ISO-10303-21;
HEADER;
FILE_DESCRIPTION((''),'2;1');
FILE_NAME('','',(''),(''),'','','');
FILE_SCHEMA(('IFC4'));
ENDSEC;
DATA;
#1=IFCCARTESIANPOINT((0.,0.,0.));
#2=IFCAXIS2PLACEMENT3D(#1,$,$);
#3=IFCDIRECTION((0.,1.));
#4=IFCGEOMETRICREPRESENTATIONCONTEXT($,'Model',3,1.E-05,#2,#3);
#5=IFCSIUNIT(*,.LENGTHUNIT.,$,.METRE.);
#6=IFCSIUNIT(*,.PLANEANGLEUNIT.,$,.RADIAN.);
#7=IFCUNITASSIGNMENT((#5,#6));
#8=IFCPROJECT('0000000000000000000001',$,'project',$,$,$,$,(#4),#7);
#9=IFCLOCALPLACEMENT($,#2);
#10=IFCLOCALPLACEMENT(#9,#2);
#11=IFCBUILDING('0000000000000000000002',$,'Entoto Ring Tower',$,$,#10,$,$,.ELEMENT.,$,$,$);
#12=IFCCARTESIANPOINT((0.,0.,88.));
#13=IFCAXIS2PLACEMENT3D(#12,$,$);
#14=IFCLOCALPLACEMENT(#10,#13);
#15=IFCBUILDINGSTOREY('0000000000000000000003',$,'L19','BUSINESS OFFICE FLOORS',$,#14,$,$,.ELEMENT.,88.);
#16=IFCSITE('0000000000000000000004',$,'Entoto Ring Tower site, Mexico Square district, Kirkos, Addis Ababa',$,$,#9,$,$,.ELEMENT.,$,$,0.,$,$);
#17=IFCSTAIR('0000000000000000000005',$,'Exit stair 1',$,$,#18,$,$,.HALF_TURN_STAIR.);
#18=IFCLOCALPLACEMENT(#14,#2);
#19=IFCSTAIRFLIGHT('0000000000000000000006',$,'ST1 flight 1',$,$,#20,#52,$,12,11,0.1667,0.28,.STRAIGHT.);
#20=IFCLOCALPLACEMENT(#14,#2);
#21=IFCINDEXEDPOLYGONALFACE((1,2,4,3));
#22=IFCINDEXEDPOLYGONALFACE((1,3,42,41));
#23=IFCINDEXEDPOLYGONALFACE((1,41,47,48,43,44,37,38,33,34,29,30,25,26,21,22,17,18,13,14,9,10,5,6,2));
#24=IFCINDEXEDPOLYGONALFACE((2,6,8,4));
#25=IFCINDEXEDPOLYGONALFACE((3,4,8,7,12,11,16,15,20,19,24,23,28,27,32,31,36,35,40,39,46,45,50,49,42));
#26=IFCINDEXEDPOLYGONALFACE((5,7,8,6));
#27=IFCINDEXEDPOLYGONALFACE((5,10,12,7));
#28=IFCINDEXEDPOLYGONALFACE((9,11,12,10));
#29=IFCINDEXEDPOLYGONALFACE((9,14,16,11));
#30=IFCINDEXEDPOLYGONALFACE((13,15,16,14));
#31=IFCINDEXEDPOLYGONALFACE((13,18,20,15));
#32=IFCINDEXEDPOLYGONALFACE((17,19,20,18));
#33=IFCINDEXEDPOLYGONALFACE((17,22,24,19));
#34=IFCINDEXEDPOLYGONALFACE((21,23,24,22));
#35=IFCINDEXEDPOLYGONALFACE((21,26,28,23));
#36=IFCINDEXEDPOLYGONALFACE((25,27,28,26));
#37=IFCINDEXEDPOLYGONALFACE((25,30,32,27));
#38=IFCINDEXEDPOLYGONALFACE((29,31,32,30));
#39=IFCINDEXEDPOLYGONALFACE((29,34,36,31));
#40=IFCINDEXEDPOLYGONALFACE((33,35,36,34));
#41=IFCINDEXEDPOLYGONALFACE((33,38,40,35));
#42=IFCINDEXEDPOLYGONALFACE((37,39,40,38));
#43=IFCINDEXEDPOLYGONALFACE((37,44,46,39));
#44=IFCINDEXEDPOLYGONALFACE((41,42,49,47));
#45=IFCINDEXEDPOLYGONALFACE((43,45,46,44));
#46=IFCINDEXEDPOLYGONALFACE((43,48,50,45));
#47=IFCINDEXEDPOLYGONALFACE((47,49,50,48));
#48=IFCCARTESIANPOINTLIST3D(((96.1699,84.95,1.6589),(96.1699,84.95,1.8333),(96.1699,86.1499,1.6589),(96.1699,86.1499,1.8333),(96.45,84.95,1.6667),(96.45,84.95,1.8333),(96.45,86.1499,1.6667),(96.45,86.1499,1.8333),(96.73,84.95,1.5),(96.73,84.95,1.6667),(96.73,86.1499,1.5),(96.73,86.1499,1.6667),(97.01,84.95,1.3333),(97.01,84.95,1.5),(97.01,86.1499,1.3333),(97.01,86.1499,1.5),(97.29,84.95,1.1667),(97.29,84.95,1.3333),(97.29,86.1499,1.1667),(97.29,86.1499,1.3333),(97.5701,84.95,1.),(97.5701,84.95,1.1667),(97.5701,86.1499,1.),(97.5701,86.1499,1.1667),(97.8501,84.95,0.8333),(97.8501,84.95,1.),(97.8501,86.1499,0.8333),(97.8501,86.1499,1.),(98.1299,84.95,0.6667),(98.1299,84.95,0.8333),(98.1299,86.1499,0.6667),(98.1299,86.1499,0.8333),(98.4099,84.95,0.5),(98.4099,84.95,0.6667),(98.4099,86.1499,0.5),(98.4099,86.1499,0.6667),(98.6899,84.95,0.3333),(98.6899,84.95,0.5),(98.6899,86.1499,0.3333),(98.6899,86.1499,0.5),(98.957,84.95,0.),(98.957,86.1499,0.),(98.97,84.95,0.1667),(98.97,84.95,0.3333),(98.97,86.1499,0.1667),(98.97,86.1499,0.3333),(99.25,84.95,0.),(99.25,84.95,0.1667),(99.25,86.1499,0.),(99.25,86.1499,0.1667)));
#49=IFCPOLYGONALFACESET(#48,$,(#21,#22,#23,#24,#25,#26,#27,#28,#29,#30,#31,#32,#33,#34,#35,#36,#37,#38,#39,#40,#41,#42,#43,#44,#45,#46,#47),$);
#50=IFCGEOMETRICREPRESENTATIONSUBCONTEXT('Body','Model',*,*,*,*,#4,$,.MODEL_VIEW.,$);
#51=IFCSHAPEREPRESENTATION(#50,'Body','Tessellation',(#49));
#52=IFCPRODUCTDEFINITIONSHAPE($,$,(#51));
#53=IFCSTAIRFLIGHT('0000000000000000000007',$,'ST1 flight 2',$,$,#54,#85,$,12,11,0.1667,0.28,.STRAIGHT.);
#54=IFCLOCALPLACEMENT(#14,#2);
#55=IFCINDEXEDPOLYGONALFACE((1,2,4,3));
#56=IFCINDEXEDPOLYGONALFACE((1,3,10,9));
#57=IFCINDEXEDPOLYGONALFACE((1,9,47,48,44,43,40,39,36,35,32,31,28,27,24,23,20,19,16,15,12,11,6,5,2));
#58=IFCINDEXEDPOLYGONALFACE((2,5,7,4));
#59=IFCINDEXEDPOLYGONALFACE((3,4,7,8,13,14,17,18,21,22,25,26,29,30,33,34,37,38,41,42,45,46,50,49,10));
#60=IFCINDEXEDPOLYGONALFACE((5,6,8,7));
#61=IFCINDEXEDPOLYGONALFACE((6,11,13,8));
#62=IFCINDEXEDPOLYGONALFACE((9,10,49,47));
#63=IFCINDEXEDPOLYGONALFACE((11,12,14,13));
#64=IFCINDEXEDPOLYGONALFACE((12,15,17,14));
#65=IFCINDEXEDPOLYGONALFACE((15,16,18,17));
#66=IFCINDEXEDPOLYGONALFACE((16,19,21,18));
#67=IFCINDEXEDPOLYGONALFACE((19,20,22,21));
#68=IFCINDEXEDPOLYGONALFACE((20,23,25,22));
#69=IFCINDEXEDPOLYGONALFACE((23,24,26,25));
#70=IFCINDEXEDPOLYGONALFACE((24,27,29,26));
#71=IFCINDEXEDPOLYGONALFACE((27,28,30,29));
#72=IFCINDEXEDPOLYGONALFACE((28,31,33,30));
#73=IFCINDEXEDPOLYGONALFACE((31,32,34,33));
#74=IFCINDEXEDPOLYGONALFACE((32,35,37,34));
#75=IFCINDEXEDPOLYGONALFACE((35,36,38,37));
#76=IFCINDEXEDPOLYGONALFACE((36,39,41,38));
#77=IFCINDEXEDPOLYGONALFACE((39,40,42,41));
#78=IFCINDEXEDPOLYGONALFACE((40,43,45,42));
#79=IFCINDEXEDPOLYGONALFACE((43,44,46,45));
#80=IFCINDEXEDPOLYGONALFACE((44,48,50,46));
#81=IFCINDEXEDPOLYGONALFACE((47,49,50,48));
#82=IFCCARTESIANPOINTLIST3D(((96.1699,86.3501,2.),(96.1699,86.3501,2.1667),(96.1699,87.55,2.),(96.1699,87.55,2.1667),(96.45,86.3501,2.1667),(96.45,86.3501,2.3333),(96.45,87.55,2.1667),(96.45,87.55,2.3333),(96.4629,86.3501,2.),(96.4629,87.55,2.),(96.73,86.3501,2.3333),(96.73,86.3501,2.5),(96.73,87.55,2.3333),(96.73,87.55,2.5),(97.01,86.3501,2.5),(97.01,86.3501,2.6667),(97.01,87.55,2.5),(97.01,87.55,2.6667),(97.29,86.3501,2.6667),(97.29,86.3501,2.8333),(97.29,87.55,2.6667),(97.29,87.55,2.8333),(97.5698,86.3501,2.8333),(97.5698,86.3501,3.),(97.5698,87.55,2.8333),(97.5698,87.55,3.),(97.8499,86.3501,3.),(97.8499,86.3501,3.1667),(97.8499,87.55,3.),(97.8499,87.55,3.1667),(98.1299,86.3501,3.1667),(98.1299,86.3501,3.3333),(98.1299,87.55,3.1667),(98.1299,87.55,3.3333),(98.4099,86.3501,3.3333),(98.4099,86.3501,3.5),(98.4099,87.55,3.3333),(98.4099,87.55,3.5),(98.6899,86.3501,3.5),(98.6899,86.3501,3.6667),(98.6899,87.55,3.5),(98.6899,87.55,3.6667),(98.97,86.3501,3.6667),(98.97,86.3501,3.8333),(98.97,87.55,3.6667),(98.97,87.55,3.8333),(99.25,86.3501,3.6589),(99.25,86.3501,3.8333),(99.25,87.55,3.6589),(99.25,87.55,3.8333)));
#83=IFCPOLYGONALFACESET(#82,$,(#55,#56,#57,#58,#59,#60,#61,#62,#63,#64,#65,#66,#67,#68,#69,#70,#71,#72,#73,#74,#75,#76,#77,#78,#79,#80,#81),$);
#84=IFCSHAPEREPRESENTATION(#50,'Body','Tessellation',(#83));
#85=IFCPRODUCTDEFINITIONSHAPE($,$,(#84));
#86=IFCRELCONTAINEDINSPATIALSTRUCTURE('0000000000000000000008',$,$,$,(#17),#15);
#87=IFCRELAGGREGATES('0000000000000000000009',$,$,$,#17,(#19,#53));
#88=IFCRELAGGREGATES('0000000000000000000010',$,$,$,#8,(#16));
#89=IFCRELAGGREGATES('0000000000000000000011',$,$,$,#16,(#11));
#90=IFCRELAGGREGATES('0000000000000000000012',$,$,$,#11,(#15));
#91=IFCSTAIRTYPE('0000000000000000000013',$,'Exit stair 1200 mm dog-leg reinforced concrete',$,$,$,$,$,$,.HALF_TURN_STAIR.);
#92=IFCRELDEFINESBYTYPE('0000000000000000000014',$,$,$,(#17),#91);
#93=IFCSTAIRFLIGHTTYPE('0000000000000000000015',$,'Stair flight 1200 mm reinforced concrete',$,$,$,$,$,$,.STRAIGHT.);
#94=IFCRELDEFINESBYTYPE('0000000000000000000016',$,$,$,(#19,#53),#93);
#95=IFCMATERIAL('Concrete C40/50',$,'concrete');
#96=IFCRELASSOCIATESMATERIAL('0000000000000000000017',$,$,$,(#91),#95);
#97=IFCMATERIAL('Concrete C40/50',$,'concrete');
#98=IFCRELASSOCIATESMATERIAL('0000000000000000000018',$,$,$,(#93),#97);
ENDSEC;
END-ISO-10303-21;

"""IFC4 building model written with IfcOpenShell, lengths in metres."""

from ifc_helpers import new_model, si_unit, direction, frame, origin, place, context, subcontext, project, spatial, polyline, outline, extrude, material, type_object, element, aggregate, save


model = new_model("IFC4")

# Units and contexts
model_context = context("Model", 3, precision=1e-05, world=origin(), true_north=direction((0.0, 1.0)))
body_context = subcontext(model_context, "Body", "Model", "MODEL_VIEW")
ifc_project = project(units=[si_unit("LENGTHUNIT", "METRE"), si_unit("PLANEANGLEUNIT", "RADIAN")], contexts=[model_context])

# Site, building, storey
site_placement = place(None, origin())
site = spatial("IfcSite", under=ifc_project, at=site_placement, Name="Entoto Ring Tower site, Mexico Square district, Kirkos, Addis Ababa", CompositionType="ELEMENT", RefElevation=0.0)
building_placement = place(site_placement, origin())
building = spatial("IfcBuilding", under=site, at=building_placement, Name="Entoto Ring Tower", CompositionType="ELEMENT")
storey_placement = place(building_placement, frame((0.0, 0.0, 88.0)))
storey = spatial("IfcBuildingStorey", under=building, at=storey_placement, Name="L19", Description="BUSINESS OFFICE FLOORS", CompositionType="ELEMENT", Elevation=88.0)

# Stair, stair flights
ifc_material_1 = material(Name="Concrete C40/50", Category="concrete")
stair_type = type_object("IfcStairType", Name="Exit stair 1200 mm dog-leg reinforced concrete", PredefinedType="HALF_TURN_STAIR", material=ifc_material_1)
stair_placement = place(storey_placement, origin())
stair = element("IfcStair", 1, at=stair_placement, inside=storey, type_object=stair_type, Name="Exit stair 1", PredefinedType="HALF_TURN_STAIR")
ifc_material_2 = material(Name="Concrete C40/50", Category="concrete")
stair_flight_type = type_object("IfcStairFlightType", Name="Stair flight 1200 mm reinforced concrete", PredefinedType="STRAIGHT", material=ifc_material_2)
stair_flight_1_placement = place(storey_placement, frame((99.25, 85.55, 0.0), z_axis=(0.0, 0.0, 1.0), x_axis=(-1.0, 0.0, 0.0)))
stair_flight_1 = element("IfcStairFlight", 2, at=stair_flight_1_placement, type_object=stair_flight_type, Name="ST1 flight 1", NumberOfRisers=12, NumberOfTreads=11, PredefinedType="STRAIGHT", RiserHeight=0.1667, TreadLength=0.28, context=body_context, shape_type="SweptSolid", body=[
    extrude(outline(polyline([(0.0, 0.0), (0.0, 0.1667), (0.28, 0.1667), (0.28, 0.3333), (0.5601, 0.3333), (0.5601, 0.5), (0.8401, 0.5), (0.8401, 0.6667), (1.1201, 0.6667), (1.1201, 0.8333), (1.3999, 0.8333), (1.3999, 1.0), (1.6799, 1.0), (1.6799, 1.1667), (1.96, 1.1667), (1.96, 1.3333), (2.24, 1.3333), (2.24, 1.5), (2.52, 1.5), (2.52, 1.6667), (2.8, 1.6667), (2.8, 1.8333), (3.0801, 1.8333), (3.0801, 2.0), (3.0801, 1.6589), (0.293, 0.0), (0.0, 0.0)])), frame((0.0, 0.6001, 0.0), z_axis=(0.0, -1.0, 0.0), x_axis=(1.0, 0.0, 0.0)), (0.0, 0.0, 1.0), 1.2),
])
stair_flight_2_placement = place(storey_placement, frame((96.1699, 86.95, 2.0), z_axis=(0.0, 0.0, 1.0), x_axis=(1.0, 0.0, 0.0)))
stair_flight_2 = element("IfcStairFlight", 3, at=stair_flight_2_placement, type_object=stair_flight_type, Name="ST1 flight 2", NumberOfRisers=12, NumberOfTreads=11, PredefinedType="STRAIGHT", RiserHeight=0.1667, TreadLength=0.28, context=body_context, shape_type="SweptSolid", body=[
    extrude(outline(polyline([(0.0, 0.0), (0.0, 0.1667), (0.28, 0.1667), (0.28, 0.3333), (0.5601, 0.3333), (0.5601, 0.5), (0.8401, 0.5), (0.8401, 0.6667), (1.1201, 0.6667), (1.1201, 0.8333), (1.3999, 0.8333), (1.3999, 1.0), (1.6799, 1.0), (1.6799, 1.1667), (1.96, 1.1667), (1.96, 1.3333), (2.24, 1.3333), (2.24, 1.5), (2.52, 1.5), (2.52, 1.6667), (2.8, 1.6667), (2.8, 1.8333), (3.0801, 1.8333), (3.0801, 2.0), (3.0801, 1.6589), (0.293, 0.0), (0.0, 0.0)])), frame((0.0, 0.6001, 0.0), z_axis=(0.0, -1.0, 0.0), x_axis=(1.0, 0.0, 0.0)), (0.0, 0.0, 1.0), 1.2),
])
aggregate(stair, [stair_flight_1, stair_flight_2])

save(model, "model.ifc")
